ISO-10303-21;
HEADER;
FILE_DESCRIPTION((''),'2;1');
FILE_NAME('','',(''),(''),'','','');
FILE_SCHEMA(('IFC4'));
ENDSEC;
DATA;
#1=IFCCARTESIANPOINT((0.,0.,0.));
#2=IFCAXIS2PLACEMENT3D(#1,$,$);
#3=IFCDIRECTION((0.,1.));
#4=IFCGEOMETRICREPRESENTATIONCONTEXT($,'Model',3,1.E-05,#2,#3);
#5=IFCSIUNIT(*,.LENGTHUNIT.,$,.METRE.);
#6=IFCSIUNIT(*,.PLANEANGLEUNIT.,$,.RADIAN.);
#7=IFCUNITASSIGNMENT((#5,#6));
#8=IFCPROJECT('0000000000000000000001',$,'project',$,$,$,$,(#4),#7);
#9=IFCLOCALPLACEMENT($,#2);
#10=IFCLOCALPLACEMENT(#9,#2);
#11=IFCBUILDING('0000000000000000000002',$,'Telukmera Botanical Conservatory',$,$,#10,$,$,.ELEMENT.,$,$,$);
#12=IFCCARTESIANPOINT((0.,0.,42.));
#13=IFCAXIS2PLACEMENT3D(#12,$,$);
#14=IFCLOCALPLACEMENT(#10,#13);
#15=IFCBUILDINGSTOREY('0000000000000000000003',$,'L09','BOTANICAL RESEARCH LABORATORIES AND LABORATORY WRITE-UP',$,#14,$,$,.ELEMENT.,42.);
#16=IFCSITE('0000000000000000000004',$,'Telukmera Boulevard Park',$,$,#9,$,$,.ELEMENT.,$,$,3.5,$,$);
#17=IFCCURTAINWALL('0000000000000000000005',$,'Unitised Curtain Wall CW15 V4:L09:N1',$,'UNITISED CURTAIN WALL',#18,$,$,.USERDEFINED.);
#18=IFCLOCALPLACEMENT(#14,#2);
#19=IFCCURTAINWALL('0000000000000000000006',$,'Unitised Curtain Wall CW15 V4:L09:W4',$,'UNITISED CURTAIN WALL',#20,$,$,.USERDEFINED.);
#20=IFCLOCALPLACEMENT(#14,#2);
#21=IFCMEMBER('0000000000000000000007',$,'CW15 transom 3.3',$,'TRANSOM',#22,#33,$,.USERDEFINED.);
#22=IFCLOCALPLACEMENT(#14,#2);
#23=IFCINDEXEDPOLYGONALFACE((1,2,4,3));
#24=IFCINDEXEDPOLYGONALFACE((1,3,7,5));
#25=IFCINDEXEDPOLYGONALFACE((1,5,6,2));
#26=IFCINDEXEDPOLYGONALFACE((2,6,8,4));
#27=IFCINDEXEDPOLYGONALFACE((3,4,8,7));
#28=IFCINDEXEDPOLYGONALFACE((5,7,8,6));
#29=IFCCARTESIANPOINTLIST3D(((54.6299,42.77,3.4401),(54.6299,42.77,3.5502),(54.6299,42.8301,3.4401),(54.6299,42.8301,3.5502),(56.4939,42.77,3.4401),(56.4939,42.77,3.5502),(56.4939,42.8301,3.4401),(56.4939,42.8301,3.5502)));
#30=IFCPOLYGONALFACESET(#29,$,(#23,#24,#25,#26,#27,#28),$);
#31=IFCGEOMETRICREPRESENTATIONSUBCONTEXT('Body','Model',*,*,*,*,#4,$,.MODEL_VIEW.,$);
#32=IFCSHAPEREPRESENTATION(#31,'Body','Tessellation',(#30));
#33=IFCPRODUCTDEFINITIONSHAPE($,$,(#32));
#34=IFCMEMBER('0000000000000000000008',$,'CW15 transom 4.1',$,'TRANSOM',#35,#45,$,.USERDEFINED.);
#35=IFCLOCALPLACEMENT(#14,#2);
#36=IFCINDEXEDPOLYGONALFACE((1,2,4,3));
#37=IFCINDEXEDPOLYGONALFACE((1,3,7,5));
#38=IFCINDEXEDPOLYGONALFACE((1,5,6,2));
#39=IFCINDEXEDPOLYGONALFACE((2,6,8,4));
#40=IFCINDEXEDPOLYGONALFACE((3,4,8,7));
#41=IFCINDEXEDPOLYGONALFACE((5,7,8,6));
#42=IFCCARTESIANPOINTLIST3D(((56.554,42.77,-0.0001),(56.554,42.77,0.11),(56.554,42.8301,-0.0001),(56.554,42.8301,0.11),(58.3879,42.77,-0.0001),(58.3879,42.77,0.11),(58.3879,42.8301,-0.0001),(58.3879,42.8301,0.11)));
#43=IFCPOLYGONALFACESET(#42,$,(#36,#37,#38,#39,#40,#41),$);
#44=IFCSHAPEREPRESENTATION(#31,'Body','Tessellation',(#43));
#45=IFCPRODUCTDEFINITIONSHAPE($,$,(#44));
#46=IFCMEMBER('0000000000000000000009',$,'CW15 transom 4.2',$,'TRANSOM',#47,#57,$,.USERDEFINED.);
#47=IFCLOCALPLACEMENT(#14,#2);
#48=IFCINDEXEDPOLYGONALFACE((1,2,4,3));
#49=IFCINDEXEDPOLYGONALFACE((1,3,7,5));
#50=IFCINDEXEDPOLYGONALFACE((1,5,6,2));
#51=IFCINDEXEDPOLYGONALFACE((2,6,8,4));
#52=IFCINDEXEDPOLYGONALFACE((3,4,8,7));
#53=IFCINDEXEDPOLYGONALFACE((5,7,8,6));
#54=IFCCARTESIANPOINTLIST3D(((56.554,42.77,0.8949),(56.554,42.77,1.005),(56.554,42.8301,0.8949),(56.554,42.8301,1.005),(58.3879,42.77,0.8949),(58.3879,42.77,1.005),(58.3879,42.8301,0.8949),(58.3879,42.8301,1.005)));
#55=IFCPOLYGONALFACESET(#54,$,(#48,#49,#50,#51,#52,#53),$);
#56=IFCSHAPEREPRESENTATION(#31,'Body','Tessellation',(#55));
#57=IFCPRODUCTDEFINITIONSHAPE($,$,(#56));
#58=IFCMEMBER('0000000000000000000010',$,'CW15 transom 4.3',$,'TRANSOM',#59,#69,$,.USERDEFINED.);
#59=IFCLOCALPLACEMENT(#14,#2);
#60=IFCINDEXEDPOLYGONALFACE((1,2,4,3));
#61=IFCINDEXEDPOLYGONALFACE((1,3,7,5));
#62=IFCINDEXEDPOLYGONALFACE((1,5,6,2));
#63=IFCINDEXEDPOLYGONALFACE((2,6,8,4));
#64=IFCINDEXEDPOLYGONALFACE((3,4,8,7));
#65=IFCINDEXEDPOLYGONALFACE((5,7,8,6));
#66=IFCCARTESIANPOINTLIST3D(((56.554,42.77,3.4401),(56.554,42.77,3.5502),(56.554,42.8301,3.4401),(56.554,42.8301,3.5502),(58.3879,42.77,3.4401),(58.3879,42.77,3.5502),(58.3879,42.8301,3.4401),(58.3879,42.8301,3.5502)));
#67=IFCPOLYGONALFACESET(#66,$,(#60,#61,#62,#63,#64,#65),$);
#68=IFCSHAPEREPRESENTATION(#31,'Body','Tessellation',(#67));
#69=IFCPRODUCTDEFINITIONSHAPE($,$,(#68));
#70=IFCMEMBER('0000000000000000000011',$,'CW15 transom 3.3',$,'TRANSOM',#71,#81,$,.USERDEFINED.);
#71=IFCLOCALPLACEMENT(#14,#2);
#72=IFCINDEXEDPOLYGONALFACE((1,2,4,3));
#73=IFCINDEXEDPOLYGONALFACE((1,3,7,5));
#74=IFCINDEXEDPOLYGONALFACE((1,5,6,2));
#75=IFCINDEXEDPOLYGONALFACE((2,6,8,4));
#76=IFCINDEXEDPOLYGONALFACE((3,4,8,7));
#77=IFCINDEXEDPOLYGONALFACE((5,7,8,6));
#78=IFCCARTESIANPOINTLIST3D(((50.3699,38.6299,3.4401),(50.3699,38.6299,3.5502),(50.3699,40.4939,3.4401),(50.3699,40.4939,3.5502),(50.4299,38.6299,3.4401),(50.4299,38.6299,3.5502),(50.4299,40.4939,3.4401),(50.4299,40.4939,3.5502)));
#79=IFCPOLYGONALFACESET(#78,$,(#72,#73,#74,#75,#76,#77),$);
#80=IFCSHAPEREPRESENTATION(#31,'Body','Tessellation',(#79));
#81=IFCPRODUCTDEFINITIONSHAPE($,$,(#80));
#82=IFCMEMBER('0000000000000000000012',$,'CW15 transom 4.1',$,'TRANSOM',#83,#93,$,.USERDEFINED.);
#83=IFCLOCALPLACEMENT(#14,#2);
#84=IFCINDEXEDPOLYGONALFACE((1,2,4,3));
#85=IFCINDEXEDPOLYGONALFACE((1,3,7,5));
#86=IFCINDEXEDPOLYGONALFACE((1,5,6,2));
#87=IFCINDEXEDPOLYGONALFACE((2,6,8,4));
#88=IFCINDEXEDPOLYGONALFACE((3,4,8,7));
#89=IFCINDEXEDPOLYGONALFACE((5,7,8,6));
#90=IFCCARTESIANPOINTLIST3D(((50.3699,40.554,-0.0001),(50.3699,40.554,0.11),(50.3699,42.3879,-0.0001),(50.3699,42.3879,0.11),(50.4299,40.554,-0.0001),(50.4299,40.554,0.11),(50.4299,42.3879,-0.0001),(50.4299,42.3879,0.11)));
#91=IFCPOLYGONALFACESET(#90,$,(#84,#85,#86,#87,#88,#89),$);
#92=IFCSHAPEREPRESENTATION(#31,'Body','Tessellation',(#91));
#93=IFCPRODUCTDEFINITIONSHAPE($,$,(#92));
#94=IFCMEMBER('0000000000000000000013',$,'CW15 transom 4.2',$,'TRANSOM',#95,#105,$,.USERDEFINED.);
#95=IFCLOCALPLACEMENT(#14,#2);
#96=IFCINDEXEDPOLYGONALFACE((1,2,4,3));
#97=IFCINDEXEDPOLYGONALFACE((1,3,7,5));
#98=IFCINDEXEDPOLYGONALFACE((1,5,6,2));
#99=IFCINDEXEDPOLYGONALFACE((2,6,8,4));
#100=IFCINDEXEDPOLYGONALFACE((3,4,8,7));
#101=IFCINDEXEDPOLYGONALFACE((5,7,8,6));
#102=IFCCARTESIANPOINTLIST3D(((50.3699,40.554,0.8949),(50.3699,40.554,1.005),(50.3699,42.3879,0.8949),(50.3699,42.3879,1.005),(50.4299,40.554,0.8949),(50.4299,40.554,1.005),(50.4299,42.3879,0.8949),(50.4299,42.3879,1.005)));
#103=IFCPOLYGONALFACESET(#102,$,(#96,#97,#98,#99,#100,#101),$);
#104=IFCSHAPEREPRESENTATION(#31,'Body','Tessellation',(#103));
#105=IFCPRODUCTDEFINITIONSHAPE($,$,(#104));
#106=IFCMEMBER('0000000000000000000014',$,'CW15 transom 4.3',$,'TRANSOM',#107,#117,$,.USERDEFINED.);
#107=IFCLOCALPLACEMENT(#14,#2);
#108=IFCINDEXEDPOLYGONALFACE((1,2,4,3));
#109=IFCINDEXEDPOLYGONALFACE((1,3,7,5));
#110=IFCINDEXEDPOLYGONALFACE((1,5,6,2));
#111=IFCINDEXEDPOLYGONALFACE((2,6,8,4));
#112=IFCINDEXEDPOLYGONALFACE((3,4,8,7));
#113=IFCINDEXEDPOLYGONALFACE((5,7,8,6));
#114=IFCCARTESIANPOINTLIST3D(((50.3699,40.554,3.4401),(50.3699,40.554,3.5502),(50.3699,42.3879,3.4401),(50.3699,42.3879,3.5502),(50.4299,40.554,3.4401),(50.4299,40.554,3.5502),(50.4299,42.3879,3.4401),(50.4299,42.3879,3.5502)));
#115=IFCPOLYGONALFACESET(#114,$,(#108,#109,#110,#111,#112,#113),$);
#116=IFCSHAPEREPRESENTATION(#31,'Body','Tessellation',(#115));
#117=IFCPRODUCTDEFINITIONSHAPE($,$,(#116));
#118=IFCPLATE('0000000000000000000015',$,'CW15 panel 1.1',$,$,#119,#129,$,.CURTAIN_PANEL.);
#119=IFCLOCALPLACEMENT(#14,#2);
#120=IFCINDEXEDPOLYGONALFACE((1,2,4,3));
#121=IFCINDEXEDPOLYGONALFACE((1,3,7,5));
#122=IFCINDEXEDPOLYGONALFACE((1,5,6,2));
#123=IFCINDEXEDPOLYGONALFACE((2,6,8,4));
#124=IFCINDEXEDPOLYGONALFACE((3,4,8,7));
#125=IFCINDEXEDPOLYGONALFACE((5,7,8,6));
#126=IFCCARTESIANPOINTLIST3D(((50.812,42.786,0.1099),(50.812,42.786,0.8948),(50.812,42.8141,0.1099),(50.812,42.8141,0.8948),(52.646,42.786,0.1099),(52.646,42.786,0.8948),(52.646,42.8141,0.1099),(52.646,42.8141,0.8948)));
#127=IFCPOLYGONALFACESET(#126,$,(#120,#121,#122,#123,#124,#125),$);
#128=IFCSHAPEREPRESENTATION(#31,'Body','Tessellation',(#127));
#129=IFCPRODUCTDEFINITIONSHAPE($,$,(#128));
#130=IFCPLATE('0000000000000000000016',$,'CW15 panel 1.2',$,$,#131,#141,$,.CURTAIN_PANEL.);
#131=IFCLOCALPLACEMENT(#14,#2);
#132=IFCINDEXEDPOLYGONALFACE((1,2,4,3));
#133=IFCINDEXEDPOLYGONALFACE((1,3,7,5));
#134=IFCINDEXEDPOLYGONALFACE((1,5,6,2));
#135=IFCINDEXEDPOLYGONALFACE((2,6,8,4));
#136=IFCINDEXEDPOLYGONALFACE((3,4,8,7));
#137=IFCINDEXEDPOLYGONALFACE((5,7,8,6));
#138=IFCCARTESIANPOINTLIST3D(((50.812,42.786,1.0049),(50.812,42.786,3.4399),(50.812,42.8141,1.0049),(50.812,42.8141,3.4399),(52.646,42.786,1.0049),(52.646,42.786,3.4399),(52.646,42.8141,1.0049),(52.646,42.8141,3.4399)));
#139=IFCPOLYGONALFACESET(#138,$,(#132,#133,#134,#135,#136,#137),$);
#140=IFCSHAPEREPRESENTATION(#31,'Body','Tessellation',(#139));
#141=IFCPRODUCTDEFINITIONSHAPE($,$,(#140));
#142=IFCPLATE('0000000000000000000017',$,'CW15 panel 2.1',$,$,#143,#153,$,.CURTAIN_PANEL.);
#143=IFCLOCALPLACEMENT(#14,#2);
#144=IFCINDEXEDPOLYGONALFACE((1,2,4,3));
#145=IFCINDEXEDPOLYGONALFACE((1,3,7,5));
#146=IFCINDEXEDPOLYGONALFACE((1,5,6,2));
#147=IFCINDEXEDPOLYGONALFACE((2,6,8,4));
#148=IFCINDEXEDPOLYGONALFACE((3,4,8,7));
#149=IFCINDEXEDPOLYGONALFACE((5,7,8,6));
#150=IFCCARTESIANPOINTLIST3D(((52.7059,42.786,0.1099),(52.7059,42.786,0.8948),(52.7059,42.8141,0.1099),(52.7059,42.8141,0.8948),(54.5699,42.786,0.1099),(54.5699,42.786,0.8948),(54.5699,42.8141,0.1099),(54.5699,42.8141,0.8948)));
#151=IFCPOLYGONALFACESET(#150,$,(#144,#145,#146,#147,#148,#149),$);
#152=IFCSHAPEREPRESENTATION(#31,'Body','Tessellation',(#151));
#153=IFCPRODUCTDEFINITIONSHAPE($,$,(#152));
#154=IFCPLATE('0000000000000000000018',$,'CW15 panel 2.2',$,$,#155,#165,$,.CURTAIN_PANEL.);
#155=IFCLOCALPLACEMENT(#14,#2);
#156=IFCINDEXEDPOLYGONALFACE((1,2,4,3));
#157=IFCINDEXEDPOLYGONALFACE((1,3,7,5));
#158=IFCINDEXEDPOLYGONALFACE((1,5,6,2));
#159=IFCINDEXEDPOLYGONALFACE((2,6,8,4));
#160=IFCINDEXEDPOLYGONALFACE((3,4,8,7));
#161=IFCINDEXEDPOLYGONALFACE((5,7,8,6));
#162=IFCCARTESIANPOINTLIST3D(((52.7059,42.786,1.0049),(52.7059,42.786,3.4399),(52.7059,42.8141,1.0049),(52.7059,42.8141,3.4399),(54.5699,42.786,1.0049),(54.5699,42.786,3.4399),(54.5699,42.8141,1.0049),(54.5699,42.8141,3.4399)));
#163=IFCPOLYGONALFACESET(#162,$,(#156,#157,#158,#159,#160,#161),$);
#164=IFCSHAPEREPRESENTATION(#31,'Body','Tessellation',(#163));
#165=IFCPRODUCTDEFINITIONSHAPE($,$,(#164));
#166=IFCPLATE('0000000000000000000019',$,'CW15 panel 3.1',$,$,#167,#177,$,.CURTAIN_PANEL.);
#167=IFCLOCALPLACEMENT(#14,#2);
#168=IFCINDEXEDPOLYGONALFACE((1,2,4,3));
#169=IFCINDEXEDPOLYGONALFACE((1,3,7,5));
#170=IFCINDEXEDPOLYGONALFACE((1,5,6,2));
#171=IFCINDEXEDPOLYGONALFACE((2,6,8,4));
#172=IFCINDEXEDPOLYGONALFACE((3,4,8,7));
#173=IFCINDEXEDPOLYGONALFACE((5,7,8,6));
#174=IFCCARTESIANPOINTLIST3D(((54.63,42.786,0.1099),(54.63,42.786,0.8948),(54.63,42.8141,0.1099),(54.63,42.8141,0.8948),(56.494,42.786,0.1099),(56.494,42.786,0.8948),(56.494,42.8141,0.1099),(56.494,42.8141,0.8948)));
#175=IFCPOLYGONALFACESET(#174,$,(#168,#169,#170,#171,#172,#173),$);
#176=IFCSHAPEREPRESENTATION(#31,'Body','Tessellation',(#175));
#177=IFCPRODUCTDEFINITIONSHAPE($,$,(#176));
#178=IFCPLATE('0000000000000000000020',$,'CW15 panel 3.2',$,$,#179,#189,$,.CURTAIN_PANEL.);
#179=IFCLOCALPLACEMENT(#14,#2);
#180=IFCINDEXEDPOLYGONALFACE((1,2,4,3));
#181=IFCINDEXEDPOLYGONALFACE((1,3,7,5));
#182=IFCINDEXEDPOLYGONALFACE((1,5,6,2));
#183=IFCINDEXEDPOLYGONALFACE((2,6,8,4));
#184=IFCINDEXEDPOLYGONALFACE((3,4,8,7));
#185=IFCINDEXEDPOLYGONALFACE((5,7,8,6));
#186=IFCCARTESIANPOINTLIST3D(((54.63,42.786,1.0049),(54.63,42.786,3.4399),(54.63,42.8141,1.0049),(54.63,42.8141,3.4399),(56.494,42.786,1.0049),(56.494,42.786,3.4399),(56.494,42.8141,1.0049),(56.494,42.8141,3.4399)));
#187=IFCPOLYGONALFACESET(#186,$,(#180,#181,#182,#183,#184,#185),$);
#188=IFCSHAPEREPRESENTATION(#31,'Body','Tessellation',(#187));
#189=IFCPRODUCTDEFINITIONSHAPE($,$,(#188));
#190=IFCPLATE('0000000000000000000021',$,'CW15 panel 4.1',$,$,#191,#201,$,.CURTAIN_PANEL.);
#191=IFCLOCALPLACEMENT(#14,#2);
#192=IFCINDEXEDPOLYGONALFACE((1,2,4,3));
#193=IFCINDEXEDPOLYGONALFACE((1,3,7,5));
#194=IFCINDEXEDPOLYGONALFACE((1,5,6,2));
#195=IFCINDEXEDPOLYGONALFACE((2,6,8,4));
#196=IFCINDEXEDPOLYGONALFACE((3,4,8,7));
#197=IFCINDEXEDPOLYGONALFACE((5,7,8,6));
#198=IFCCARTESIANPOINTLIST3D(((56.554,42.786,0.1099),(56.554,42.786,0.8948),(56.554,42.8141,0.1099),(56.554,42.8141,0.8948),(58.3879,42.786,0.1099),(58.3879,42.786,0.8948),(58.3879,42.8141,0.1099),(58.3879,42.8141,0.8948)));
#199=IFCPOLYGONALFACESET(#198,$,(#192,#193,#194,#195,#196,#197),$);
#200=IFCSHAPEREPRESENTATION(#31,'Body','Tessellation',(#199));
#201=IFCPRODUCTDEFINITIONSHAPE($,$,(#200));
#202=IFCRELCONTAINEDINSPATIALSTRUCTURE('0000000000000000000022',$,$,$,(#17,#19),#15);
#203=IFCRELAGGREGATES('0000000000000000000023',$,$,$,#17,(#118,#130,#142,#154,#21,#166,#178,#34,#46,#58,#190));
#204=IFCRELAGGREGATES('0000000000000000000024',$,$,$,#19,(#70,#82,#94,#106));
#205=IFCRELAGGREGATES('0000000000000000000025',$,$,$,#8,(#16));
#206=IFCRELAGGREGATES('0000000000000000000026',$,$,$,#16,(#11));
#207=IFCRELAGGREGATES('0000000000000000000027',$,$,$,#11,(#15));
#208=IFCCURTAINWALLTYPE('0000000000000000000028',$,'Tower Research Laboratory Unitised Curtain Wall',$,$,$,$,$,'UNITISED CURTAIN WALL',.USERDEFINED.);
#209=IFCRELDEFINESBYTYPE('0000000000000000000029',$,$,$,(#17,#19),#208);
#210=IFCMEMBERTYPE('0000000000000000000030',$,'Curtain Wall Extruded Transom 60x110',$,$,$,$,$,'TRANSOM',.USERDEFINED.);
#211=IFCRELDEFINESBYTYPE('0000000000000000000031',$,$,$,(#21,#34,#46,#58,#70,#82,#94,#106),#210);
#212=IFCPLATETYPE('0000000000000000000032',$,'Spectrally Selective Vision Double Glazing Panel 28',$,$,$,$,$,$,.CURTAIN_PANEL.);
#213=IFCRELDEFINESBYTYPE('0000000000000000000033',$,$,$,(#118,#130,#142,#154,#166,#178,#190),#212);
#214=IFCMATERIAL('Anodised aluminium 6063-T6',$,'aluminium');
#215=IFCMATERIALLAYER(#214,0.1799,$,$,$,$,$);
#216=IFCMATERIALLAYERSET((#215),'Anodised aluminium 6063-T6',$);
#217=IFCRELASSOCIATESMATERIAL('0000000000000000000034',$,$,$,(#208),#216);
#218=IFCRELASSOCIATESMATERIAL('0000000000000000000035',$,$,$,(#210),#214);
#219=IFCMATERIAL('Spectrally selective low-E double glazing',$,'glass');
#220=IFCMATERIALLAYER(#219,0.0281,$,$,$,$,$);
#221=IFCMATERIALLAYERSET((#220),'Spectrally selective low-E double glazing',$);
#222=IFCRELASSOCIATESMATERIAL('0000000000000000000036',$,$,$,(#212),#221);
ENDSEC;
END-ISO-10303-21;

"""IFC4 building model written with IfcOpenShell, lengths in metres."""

from ifc_helpers import new_model, si_unit, direction, frame, origin, origin_2d, place, context, subcontext, project, spatial, rectangle, extrude, material, layer, layer_set, material_profile, profile_set, type_object, element, aggregate, save


model = new_model("IFC4")

# Units and contexts
model_context = context("Model", 3, precision=1e-05, world=origin(), true_north=direction((0.0, 1.0)))
body_context = subcontext(model_context, "Body", "Model", "MODEL_VIEW")
ifc_project = project(units=[si_unit("LENGTHUNIT", "METRE"), si_unit("PLANEANGLEUNIT", "RADIAN")], contexts=[model_context])

# Site, building, storey
site_placement = place(None, origin())
site = spatial("IfcSite", under=ifc_project, at=site_placement, Name="Telukmera Boulevard Park", CompositionType="ELEMENT", RefElevation=3.5)
building_placement = place(site_placement, origin())
building = spatial("IfcBuilding", under=site, at=building_placement, Name="Telukmera Botanical Conservatory", CompositionType="ELEMENT")
storey_placement = place(building_placement, frame((0.0, 0.0, 42.0)))
storey = spatial("IfcBuildingStorey", under=building, at=storey_placement, Name="L09", Description="BOTANICAL RESEARCH LABORATORIES AND LABORATORY WRITE-UP", CompositionType="ELEMENT", Elevation=42.0)

# Curtain wall
ifc_material_1 = material(Name="Anodised aluminium 6063-T6", Category="aluminium")
ifc_layer_1 = layer(ifc_material_1, 0.1799)
ifc_layer_set_1 = layer_set([ifc_layer_1], Name="Anodised aluminium 6063-T6")
curtain_wall_type = type_object("IfcCurtainWallType", Name="Tower Research Laboratory Unitised Curtain Wall", ElementType="UNITISED CURTAIN WALL", PredefinedType="USERDEFINED", material=ifc_layer_set_1)
curtain_wall_1_placement = place(storey_placement, origin())
curtain_wall_1 = element("IfcCurtainWall", 1, at=curtain_wall_1_placement, inside=storey, type_object=curtain_wall_type, Name="Unitised Curtain Wall CW15 V4:L09:N1", ObjectType="UNITISED CURTAIN WALL", PredefinedType="USERDEFINED")

# Curtain wall
curtain_wall_2_placement = place(storey_placement, origin())
curtain_wall_2 = element("IfcCurtainWall", 2, at=curtain_wall_2_placement, inside=storey, type_object=curtain_wall_type, Name="Unitised Curtain Wall CW15 V4:L09:W4", ObjectType="UNITISED CURTAIN WALL", PredefinedType="USERDEFINED")

# Members
ifc_material_profile_1 = material_profile(ifc_material_1, rectangle(XDim=0.0601, YDim=0.1101, at=origin_2d()), Name="ALU TRAN 60x110")
ifc_profile_set_1 = profile_set([ifc_material_profile_1], Name="Anodised aluminium 6063-T6")
member_type_1 = type_object("IfcMemberType", Name="Curtain Wall Extruded Transom 60x110", ElementType="TRANSOM", PredefinedType="USERDEFINED", material=ifc_profile_set_1)
member_1_placement = place(storey_placement, frame((54.6299, 42.8, 3.4951), z_axis=(1.0, 0.0, 0.0), x_axis=(0.0, 1.0, 0.0)))
member_1 = element("IfcMember", 3, at=member_1_placement, type_object=member_type_1, Name="CW15 transom 3.3", ObjectType="TRANSOM", PredefinedType="USERDEFINED", context=body_context, shape_type="SweptSolid", body=[
    extrude(rectangle(XDim=0.0601, YDim=0.1101, at=origin_2d()), origin(), (0.0, 0.0, 1.0), 1.864),
])
member_2_placement = place(storey_placement, frame((56.554, 42.8, 0.0549), z_axis=(1.0, 0.0, 0.0), x_axis=(0.0, 1.0, 0.0)))
member_2 = element("IfcMember", 4, at=member_2_placement, type_object=member_type_1, Name="CW15 transom 4.1", ObjectType="TRANSOM", PredefinedType="USERDEFINED", context=body_context, shape_type="SweptSolid", body=[
    extrude(rectangle(XDim=0.0601, YDim=0.1101, at=origin_2d()), origin(), (0.0, 0.0, 1.0), 1.834),
])
member_3_placement = place(storey_placement, frame((56.554, 42.8, 0.95), z_axis=(1.0, 0.0, 0.0), x_axis=(0.0, 1.0, 0.0)))
member_3 = element("IfcMember", 5, at=member_3_placement, type_object=member_type_1, Name="CW15 transom 4.2", ObjectType="TRANSOM", PredefinedType="USERDEFINED", context=body_context, shape_type="SweptSolid", body=[
    extrude(rectangle(XDim=0.0601, YDim=0.1101, at=origin_2d()), origin(), (0.0, 0.0, 1.0), 1.834),
])
member_4_placement = place(storey_placement, frame((56.554, 42.8, 3.4951), z_axis=(1.0, 0.0, 0.0), x_axis=(0.0, 1.0, 0.0)))
member_4 = element("IfcMember", 6, at=member_4_placement, type_object=member_type_1, Name="CW15 transom 4.3", ObjectType="TRANSOM", PredefinedType="USERDEFINED", context=body_context, shape_type="SweptSolid", body=[
    extrude(rectangle(XDim=0.0601, YDim=0.1101, at=origin_2d()), origin(), (0.0, 0.0, 1.0), 1.834),
])
member_5_placement = place(storey_placement, frame((50.3999, 38.6299, 3.4951), z_axis=(0.0, 1.0, 0.0), x_axis=(-1.0, 0.0, 0.0)))
member_5 = element("IfcMember", 7, at=member_5_placement, type_object=member_type_1, Name="CW15 transom 3.3", ObjectType="TRANSOM", PredefinedType="USERDEFINED", context=body_context, shape_type="SweptSolid", body=[
    extrude(rectangle(XDim=0.0601, YDim=0.1101, at=origin_2d()), origin(), (0.0, 0.0, 1.0), 1.864),
])
member_6_placement = place(storey_placement, frame((50.3999, 40.554, 0.0549), z_axis=(0.0, 1.0, 0.0), x_axis=(-1.0, 0.0, 0.0)))
member_6 = element("IfcMember", 8, at=member_6_placement, type_object=member_type_1, Name="CW15 transom 4.1", ObjectType="TRANSOM", PredefinedType="USERDEFINED", context=body_context, shape_type="SweptSolid", body=[
    extrude(rectangle(XDim=0.0601, YDim=0.1101, at=origin_2d()), origin(), (0.0, 0.0, 1.0), 1.834),
])
member_7_placement = place(storey_placement, frame((50.3999, 40.554, 0.95), z_axis=(0.0, 1.0, 0.0), x_axis=(-1.0, 0.0, 0.0)))
member_7 = element("IfcMember", 9, at=member_7_placement, type_object=member_type_1, Name="CW15 transom 4.2", ObjectType="TRANSOM", PredefinedType="USERDEFINED", context=body_context, shape_type="SweptSolid", body=[
    extrude(rectangle(XDim=0.0601, YDim=0.1101, at=origin_2d()), origin(), (0.0, 0.0, 1.0), 1.834),
])
member_8_placement = place(storey_placement, frame((50.3999, 40.554, 3.4951), z_axis=(0.0, 1.0, 0.0), x_axis=(-1.0, 0.0, 0.0)))
member_8 = element("IfcMember", 10, at=member_8_placement, type_object=member_type_1, Name="CW15 transom 4.3", ObjectType="TRANSOM", PredefinedType="USERDEFINED", context=body_context, shape_type="SweptSolid", body=[
    extrude(rectangle(XDim=0.0601, YDim=0.1101, at=origin_2d()), origin(), (0.0, 0.0, 1.0), 1.834),
])

# Plates
ifc_material_2 = material(Name="Spectrally selective low-E double glazing", Category="glass")
ifc_layer_2 = layer(ifc_material_2, 0.0281)
ifc_layer_set_2 = layer_set([ifc_layer_2], Name="Spectrally selective low-E double glazing")
plate_type = type_object("IfcPlateType", Name="Spectrally Selective Vision Double Glazing Panel 28", PredefinedType="CURTAIN_PANEL", material=ifc_layer_set_2)
plate_1_placement = place(storey_placement, frame((51.729, 42.8, 0.1099), z_axis=(0.0, 0.0, 1.0), x_axis=(1.0, 0.0, 0.0)))
plate_1 = element("IfcPlate", 11, at=plate_1_placement, type_object=plate_type, Name="CW15 panel 1.1", PredefinedType="CURTAIN_PANEL", context=body_context, shape_type="SweptSolid", body=[
    extrude(rectangle(XDim=1.834, YDim=0.0281, at=origin_2d()), origin(), (0.0, 0.0, 1.0), 0.7849),
])
plate_2_placement = place(storey_placement, frame((51.729, 42.8, 1.0049), z_axis=(0.0, 0.0, 1.0), x_axis=(1.0, 0.0, 0.0)))
plate_2 = element("IfcPlate", 12, at=plate_2_placement, type_object=plate_type, Name="CW15 panel 1.2", PredefinedType="CURTAIN_PANEL", context=body_context, shape_type="SweptSolid", body=[
    extrude(rectangle(XDim=1.834, YDim=0.0281, at=origin_2d()), origin(), (0.0, 0.0, 1.0), 2.4351),
])
plate_3_placement = place(storey_placement, frame((53.6379, 42.8, 0.1099), z_axis=(0.0, 0.0, 1.0), x_axis=(1.0, 0.0, 0.0)))
plate_3 = element("IfcPlate", 13, at=plate_3_placement, type_object=plate_type, Name="CW15 panel 2.1", PredefinedType="CURTAIN_PANEL", context=body_context, shape_type="SweptSolid", body=[
    extrude(rectangle(XDim=1.864, YDim=0.0281, at=origin_2d()), origin(), (0.0, 0.0, 1.0), 0.7849),
])
plate_4_placement = place(storey_placement, frame((53.6379, 42.8, 1.0049), z_axis=(0.0, 0.0, 1.0), x_axis=(1.0, 0.0, 0.0)))
plate_4 = element("IfcPlate", 14, at=plate_4_placement, type_object=plate_type, Name="CW15 panel 2.2", PredefinedType="CURTAIN_PANEL", context=body_context, shape_type="SweptSolid", body=[
    extrude(rectangle(XDim=1.864, YDim=0.0281, at=origin_2d()), origin(), (0.0, 0.0, 1.0), 2.4351),
])
plate_5_placement = place(storey_placement, frame((55.562, 42.8, 0.1099), z_axis=(0.0, 0.0, 1.0), x_axis=(1.0, 0.0, 0.0)))
plate_5 = element("IfcPlate", 15, at=plate_5_placement, type_object=plate_type, Name="CW15 panel 3.1", PredefinedType="CURTAIN_PANEL", context=body_context, shape_type="SweptSolid", body=[
    extrude(rectangle(XDim=1.864, YDim=0.0281, at=origin_2d()), origin(), (0.0, 0.0, 1.0), 0.7849),
])
plate_6_placement = place(storey_placement, frame((55.562, 42.8, 1.0049), z_axis=(0.0, 0.0, 1.0), x_axis=(1.0, 0.0, 0.0)))
plate_6 = element("IfcPlate", 16, at=plate_6_placement, type_object=plate_type, Name="CW15 panel 3.2", PredefinedType="CURTAIN_PANEL", context=body_context, shape_type="SweptSolid", body=[
    extrude(rectangle(XDim=1.864, YDim=0.0281, at=origin_2d()), origin(), (0.0, 0.0, 1.0), 2.4351),
])
plate_7_placement = place(storey_placement, frame((57.4709, 42.8, 0.1099), z_axis=(0.0, 0.0, 1.0), x_axis=(1.0, 0.0, 0.0)))
plate_7 = element("IfcPlate", 17, at=plate_7_placement, type_object=plate_type, Name="CW15 panel 4.1", PredefinedType="CURTAIN_PANEL", context=body_context, shape_type="SweptSolid", body=[
    extrude(rectangle(XDim=1.834, YDim=0.0281, at=origin_2d()), origin(), (0.0, 0.0, 1.0), 0.7849),
])
aggregate(curtain_wall_1, [plate_1, plate_2, plate_3, plate_4, member_1, plate_5, plate_6, member_2, member_3, member_4, plate_7])
aggregate(curtain_wall_2, [member_5, member_6, member_7, member_8])

save(model, "model.ifc")
